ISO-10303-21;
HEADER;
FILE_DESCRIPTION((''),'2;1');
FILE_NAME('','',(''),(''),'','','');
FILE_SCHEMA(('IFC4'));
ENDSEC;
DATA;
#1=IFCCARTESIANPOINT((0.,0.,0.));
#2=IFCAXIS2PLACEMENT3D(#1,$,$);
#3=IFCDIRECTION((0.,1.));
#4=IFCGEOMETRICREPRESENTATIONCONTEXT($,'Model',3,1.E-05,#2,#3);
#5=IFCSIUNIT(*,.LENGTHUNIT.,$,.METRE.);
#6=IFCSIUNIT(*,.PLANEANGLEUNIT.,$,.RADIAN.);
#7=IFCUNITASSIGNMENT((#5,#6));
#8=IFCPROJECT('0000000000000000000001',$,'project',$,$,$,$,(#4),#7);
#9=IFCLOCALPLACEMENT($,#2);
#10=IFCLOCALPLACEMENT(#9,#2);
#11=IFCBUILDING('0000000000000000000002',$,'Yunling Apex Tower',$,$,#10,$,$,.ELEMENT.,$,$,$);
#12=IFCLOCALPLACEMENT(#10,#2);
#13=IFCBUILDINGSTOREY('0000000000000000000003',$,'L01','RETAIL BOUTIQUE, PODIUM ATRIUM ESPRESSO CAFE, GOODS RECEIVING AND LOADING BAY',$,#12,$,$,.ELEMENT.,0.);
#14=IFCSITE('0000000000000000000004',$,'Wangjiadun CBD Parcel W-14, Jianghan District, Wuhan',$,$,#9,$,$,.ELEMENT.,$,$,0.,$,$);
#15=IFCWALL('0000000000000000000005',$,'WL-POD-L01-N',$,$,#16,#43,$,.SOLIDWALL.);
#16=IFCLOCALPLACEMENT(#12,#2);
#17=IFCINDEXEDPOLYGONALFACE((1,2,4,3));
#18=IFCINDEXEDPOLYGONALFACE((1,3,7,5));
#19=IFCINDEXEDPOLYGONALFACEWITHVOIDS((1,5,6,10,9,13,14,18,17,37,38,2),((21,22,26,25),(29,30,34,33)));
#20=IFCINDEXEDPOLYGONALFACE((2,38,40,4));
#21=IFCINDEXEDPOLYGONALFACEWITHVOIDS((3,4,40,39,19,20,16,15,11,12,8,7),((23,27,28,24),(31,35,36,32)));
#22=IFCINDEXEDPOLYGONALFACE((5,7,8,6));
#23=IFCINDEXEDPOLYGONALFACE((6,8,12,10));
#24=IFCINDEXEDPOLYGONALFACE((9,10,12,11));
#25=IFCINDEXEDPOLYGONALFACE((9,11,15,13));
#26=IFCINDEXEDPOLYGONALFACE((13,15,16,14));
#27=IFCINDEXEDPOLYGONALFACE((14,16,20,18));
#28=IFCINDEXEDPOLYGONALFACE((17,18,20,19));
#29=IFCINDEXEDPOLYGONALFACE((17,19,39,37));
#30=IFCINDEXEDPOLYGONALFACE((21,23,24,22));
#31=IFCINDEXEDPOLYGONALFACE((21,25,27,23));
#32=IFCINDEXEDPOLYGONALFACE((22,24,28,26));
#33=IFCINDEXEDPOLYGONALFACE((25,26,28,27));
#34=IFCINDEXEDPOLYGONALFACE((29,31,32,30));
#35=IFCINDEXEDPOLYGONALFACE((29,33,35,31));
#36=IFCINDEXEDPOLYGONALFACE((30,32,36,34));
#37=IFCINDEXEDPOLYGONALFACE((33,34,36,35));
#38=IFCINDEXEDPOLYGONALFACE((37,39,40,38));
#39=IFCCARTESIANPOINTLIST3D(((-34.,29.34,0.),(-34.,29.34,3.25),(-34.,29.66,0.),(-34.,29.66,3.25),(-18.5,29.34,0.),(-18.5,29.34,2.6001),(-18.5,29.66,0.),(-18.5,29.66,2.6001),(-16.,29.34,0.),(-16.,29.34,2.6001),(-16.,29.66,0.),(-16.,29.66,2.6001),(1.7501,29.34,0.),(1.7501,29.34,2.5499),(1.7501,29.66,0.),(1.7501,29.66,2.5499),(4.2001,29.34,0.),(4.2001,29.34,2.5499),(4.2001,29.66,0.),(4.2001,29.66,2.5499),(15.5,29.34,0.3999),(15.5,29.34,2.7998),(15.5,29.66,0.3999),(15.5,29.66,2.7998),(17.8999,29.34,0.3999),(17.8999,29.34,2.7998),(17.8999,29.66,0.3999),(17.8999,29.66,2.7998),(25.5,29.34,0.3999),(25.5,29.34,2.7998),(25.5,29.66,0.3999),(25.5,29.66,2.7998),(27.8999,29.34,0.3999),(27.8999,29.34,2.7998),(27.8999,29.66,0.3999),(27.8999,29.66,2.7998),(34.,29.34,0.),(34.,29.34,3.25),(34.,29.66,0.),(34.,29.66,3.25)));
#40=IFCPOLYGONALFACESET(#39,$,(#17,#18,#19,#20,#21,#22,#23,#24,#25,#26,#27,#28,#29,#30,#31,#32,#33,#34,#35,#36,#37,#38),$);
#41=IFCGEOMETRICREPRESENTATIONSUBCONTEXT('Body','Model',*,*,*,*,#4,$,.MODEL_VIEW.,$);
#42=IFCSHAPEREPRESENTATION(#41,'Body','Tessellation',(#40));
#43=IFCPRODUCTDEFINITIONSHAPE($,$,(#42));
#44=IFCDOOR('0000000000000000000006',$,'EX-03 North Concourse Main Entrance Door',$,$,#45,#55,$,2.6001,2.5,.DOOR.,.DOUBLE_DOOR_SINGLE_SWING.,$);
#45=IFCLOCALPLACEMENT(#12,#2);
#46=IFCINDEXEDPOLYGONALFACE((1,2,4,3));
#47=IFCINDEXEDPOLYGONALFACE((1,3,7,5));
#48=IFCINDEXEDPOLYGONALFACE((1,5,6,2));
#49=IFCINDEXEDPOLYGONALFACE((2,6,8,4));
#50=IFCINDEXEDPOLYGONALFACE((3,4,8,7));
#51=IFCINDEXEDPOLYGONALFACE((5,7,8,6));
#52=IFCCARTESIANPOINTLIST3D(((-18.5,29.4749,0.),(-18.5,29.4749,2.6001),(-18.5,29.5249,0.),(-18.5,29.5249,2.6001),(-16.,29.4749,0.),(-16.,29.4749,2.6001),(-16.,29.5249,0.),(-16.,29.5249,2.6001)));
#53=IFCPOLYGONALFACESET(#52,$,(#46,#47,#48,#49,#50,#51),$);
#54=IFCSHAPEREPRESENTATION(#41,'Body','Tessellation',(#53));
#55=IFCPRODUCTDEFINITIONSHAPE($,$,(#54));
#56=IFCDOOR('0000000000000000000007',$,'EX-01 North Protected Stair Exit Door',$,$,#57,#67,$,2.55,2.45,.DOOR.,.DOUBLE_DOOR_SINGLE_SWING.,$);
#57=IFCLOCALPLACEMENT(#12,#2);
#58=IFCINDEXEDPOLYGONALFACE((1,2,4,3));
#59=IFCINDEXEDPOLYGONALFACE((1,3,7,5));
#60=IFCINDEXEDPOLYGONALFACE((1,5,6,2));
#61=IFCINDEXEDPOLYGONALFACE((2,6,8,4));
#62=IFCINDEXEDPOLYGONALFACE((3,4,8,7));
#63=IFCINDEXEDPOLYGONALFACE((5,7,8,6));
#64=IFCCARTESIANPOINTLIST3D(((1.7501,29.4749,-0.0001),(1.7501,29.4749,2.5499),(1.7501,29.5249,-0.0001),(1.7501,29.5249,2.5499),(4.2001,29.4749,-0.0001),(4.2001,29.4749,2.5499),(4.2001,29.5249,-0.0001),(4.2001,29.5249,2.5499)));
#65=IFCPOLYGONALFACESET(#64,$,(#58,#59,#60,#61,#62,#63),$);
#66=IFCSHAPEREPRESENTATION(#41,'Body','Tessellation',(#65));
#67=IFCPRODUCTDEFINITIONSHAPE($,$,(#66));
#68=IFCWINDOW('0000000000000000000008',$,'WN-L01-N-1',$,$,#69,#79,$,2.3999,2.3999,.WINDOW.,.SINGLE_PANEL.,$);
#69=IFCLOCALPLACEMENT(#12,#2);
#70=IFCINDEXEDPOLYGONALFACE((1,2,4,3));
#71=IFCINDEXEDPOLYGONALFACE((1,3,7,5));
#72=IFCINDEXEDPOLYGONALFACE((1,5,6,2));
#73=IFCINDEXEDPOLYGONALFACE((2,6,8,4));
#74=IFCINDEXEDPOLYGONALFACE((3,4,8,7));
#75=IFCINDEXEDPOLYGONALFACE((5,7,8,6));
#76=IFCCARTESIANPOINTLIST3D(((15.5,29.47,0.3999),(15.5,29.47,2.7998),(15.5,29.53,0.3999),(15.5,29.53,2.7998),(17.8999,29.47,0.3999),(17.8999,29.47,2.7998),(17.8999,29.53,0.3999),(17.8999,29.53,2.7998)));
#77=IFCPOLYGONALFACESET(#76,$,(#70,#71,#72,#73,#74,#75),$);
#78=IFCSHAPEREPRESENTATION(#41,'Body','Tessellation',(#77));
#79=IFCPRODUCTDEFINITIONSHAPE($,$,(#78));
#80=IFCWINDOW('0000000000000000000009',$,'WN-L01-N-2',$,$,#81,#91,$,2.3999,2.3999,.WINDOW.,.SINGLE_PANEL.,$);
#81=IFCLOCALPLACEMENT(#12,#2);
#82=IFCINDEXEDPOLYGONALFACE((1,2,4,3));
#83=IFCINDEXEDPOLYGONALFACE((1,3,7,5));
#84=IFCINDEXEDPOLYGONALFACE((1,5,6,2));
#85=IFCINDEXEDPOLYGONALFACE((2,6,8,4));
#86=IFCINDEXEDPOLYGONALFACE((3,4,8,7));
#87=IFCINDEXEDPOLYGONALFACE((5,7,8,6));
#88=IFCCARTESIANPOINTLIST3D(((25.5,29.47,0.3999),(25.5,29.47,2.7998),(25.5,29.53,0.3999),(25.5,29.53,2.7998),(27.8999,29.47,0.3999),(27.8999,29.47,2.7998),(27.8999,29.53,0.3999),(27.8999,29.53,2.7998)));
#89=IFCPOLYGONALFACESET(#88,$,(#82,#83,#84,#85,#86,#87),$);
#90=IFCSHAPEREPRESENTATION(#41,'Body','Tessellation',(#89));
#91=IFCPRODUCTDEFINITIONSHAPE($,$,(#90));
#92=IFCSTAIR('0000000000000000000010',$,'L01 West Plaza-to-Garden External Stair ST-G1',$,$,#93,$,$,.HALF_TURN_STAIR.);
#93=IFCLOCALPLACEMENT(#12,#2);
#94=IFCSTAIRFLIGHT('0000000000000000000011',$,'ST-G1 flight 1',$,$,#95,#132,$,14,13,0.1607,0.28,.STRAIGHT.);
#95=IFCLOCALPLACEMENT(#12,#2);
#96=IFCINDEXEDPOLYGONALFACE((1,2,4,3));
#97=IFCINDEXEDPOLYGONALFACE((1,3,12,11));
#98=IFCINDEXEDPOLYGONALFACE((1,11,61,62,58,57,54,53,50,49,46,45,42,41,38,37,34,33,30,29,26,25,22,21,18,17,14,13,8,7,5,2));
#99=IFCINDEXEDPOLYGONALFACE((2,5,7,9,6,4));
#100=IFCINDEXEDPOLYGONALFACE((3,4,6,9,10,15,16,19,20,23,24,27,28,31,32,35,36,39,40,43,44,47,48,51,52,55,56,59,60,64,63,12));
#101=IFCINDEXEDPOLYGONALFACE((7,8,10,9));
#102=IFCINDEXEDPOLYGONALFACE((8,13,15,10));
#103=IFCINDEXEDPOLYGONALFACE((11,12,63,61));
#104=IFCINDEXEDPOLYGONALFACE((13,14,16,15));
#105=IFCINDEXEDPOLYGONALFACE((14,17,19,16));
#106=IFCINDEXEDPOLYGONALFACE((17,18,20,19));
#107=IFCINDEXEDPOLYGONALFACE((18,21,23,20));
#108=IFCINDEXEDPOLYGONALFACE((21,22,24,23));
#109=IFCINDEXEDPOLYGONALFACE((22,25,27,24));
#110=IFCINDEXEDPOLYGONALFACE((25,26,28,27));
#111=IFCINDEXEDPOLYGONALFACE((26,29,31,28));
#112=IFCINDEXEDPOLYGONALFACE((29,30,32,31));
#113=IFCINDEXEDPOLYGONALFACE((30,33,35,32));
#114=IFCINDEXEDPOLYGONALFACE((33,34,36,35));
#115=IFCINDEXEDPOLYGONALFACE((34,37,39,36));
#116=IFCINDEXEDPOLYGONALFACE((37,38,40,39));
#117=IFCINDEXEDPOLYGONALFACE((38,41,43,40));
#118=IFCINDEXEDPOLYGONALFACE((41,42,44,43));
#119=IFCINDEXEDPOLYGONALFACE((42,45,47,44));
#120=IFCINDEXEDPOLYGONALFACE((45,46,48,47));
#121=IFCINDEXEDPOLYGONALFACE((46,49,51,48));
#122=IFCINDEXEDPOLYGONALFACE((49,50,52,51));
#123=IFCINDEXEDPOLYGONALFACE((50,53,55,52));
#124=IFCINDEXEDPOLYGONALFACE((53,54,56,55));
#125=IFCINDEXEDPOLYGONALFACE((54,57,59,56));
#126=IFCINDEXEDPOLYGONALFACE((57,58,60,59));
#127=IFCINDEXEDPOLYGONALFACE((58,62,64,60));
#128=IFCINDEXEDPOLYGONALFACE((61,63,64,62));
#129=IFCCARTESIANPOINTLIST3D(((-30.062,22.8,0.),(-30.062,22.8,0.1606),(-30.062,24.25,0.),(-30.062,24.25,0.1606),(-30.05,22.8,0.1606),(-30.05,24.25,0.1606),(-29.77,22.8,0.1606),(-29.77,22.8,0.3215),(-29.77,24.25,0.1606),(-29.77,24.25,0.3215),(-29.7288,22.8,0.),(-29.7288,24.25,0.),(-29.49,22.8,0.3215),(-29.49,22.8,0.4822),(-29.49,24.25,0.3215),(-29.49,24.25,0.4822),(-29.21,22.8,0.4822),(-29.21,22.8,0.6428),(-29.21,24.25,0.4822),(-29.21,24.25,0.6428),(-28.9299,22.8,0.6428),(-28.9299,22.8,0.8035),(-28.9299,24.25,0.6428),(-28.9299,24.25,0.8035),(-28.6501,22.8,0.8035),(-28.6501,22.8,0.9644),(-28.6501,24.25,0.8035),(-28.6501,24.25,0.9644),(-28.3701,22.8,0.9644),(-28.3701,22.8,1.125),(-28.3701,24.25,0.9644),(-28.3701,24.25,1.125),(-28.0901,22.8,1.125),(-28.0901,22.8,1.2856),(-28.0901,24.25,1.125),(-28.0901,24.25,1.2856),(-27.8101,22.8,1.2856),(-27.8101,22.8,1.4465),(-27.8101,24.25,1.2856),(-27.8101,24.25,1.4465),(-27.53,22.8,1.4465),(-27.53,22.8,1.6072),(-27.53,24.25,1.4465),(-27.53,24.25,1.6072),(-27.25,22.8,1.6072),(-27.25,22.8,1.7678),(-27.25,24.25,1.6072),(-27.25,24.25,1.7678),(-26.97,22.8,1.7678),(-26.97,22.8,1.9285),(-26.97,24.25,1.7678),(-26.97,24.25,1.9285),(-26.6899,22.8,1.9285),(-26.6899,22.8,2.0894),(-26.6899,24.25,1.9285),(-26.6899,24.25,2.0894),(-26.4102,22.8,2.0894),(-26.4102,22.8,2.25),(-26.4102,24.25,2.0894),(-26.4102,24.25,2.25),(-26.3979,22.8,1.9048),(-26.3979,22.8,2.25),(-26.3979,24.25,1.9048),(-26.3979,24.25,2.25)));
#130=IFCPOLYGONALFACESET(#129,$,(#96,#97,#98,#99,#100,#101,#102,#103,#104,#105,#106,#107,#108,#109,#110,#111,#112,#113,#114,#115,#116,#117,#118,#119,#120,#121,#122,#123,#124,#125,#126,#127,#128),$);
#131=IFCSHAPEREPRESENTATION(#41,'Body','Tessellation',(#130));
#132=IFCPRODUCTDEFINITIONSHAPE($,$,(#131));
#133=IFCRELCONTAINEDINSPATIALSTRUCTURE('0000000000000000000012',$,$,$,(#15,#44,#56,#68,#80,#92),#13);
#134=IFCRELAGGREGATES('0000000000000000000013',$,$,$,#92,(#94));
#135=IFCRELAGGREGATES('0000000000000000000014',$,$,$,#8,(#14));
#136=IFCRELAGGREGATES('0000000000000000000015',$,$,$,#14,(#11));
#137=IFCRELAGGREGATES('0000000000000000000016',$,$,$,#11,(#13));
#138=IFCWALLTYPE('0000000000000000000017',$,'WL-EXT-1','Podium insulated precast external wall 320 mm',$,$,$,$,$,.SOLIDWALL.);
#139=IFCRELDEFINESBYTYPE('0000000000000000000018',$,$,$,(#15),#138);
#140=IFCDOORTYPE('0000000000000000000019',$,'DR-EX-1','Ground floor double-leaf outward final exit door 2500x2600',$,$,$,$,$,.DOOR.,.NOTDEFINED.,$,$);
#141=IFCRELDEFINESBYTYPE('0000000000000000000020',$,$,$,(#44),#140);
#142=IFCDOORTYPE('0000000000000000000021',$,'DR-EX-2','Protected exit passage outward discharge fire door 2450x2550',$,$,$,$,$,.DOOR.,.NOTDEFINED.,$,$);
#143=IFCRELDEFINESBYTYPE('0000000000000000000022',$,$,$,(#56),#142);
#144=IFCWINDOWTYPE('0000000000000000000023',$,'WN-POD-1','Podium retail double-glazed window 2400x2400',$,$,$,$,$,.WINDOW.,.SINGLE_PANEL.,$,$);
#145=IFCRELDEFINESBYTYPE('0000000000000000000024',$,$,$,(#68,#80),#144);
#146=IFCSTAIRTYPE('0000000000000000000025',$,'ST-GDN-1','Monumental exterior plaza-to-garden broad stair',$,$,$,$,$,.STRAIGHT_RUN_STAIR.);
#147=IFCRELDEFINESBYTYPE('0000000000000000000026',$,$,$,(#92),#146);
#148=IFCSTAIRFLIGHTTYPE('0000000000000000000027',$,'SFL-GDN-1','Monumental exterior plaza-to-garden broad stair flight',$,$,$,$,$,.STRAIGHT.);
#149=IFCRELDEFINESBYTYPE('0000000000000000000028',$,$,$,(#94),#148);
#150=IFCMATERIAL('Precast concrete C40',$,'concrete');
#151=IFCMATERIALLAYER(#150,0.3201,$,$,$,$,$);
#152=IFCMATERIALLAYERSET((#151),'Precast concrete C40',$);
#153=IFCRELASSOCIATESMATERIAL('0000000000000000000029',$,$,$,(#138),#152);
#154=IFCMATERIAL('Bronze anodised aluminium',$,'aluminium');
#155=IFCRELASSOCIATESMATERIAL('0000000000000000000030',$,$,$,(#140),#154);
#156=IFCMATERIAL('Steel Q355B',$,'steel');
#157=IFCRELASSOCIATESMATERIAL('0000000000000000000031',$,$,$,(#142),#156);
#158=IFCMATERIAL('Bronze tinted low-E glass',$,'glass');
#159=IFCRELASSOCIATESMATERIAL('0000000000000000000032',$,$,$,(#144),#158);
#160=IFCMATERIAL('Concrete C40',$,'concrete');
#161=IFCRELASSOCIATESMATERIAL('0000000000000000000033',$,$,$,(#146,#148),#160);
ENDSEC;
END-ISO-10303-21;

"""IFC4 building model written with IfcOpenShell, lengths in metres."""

from ifc_helpers import new_model, si_unit, direction, frame, frame_2d, origin, place, context, subcontext, project, spatial, polyline, rectangle, outline, extrude, material, layer, layer_set, type_object, element, fill, aggregate, save


model = new_model("IFC4")

# Units and contexts
model_context = context("Model", 3, precision=1e-05, world=origin(), true_north=direction((0.0, 1.0)))
body_context = subcontext(model_context, "Body", "Model", "MODEL_VIEW")
ifc_project = project(units=[si_unit("LENGTHUNIT", "METRE"), si_unit("PLANEANGLEUNIT", "RADIAN")], contexts=[model_context])

# Site, building, storey
site_placement = place(None, origin())
site = spatial("IfcSite", under=ifc_project, at=site_placement, Name="Wangjiadun CBD Parcel W-14, Jianghan District, Wuhan", CompositionType="ELEMENT", RefElevation=0.0)
building_placement = place(site_placement, origin())
building = spatial("IfcBuilding", under=site, at=building_placement, Name="Yunling Apex Tower", CompositionType="ELEMENT")
storey_placement = place(building_placement, origin())
storey = spatial("IfcBuildingStorey", under=building, at=storey_placement, Name="L01", Description="RETAIL BOUTIQUE, PODIUM ATRIUM ESPRESSO CAFE, GOODS RECEIVING AND LOADING BAY", CompositionType="ELEMENT", Elevation=0.0)

# Shared definitions
ifc_material_1 = material(Name="Steel Q355B", Category="steel")

# Shared definitions
ifc_material_2 = material(Name="Concrete C40", Category="concrete")

# Wall, openings, doors, windows
ifc_material_3 = material(Name="Precast concrete C40", Category="concrete")
ifc_layer_1 = layer(ifc_material_3, 0.3201)
ifc_layer_set_1 = layer_set([ifc_layer_1], Name="Precast concrete C40")
wall_type_1 = type_object("IfcWallType", Name="WL-EXT-1", Description="Podium insulated precast external wall 320 mm", PredefinedType="SOLIDWALL", material=ifc_layer_set_1)
wall_1_placement = place(storey_placement, frame((-34.0, 29.5, 0.0), z_axis=(0.0, 0.0, 1.0), x_axis=(1.0, 0.0, 0.0)))
wall_1 = element("IfcWall", 1, at=wall_1_placement, inside=storey, type_object=wall_type_1, Name="WL-POD-L01-N", PredefinedType="SOLIDWALL", context=body_context, shape_type="SweptSolid", body=[
    extrude(rectangle(XDim=68.0, YDim=0.3201, at=frame_2d((34.0, 0.0))), origin(), (0.0, 0.0, 1.0), 3.25),
])
opening_1_placement = place(wall_1_placement, frame((35.75, 0.0, 0.0)))
opening_1 = element("IfcOpeningElement", 2, at=opening_1_placement, cuts=wall_1, PredefinedType="OPENING", context=body_context, shape_type="SweptSolid", body=[
    extrude(rectangle(XDim=2.45, YDim=2.55, at=frame_2d((1.2251, 1.2749))), frame((0.0, 0.1699, 0.0), z_axis=(0.0, -1.0, 0.0), x_axis=(1.0, 0.0, 0.0)), (0.0, 0.0, 1.0), 0.3401),
])
opening_2_placement = place(wall_1_placement, frame((15.5, 0.0, 0.0)))
opening_2 = element("IfcOpeningElement", 3, at=opening_2_placement, cuts=wall_1, PredefinedType="OPENING", context=body_context, shape_type="SweptSolid", body=[
    extrude(rectangle(XDim=2.5, YDim=2.6001, at=frame_2d((1.25, 1.3))), frame((0.0, 0.1699, 0.0), z_axis=(0.0, -1.0, 0.0), x_axis=(1.0, 0.0, 0.0)), (0.0, 0.0, 1.0), 0.3401),
])
opening_3_placement = place(wall_1_placement, frame((49.5, 0.0, 0.3999)))
opening_3 = element("IfcOpeningElement", 4, at=opening_3_placement, cuts=wall_1, PredefinedType="OPENING", context=body_context, shape_type="SweptSolid", body=[
    extrude(rectangle(XDim=2.3999, YDim=2.3999, at=frame_2d((1.2, 1.2))), frame((0.0, 0.1699, 0.0), z_axis=(0.0, -1.0, 0.0), x_axis=(1.0, 0.0, 0.0)), (0.0, 0.0, 1.0), 0.3401),
])
opening_4_placement = place(wall_1_placement, frame((59.5, 0.0, 0.3999)))
opening_4 = element("IfcOpeningElement", 5, at=opening_4_placement, cuts=wall_1, PredefinedType="OPENING", context=body_context, shape_type="SweptSolid", body=[
    extrude(rectangle(XDim=2.3999, YDim=2.3999, at=frame_2d((1.2, 1.2))), frame((0.0, 0.1699, 0.0), z_axis=(0.0, -1.0, 0.0), x_axis=(1.0, 0.0, 0.0)), (0.0, 0.0, 1.0), 0.3401),
])
ifc_material_4 = material(Name="Bronze anodised aluminium", Category="aluminium")
door_type_1 = type_object("IfcDoorType", Name="DR-EX-1", Description="Ground floor double-leaf outward final exit door 2500x2600", OperationType="NOTDEFINED", PredefinedType="DOOR", material=ifc_material_4)
door_1_placement = place(opening_2_placement, origin())
door_1 = element("IfcDoor", 6, at=door_1_placement, inside=storey, type_object=door_type_1, Name="EX-03 North Concourse Main Entrance Door", OperationType="DOUBLE_DOOR_SINGLE_SWING", OverallHeight=2.6001, OverallWidth=2.5, PredefinedType="DOOR", context=body_context, shape_type="SweptSolid", body=[
    extrude(rectangle(XDim=2.5, YDim=2.6001, at=frame_2d((1.25, 1.3))), frame((0.0, 0.0249, 0.0), z_axis=(0.0, -1.0, 0.0), x_axis=(1.0, 0.0, 0.0)), (0.0, 0.0, 1.0), 0.05),
])
fill(opening_2, door_1)
door_type_2 = type_object("IfcDoorType", Name="DR-EX-2", Description="Protected exit passage outward discharge fire door 2450x2550", OperationType="NOTDEFINED", PredefinedType="DOOR", material=ifc_material_1)
door_2_placement = place(opening_1_placement, origin())
door_2 = element("IfcDoor", 7, at=door_2_placement, inside=storey, type_object=door_type_2, Name="EX-01 North Protected Stair Exit Door", OperationType="DOUBLE_DOOR_SINGLE_SWING", OverallHeight=2.55, OverallWidth=2.45, PredefinedType="DOOR", context=body_context, shape_type="SweptSolid", body=[
    extrude(rectangle(XDim=2.45, YDim=2.55, at=frame_2d((1.2251, 1.2749))), frame((0.0, 0.0249, 0.0), z_axis=(0.0, -1.0, 0.0), x_axis=(1.0, 0.0, 0.0)), (0.0, 0.0, 1.0), 0.05),
])
fill(opening_1, door_2)
ifc_material_5 = material(Name="Bronze tinted low-E glass", Category="glass")
window_type = type_object("IfcWindowType", Name="WN-POD-1", Description="Podium retail double-glazed window 2400x2400", PartitioningType="SINGLE_PANEL", PredefinedType="WINDOW", material=ifc_material_5)
window_1_placement = place(opening_3_placement, origin())
window_1 = element("IfcWindow", 8, at=window_1_placement, inside=storey, type_object=window_type, Name="WN-L01-N-1", OverallHeight=2.3999, OverallWidth=2.3999, PartitioningType="SINGLE_PANEL", PredefinedType="WINDOW", context=body_context, shape_type="SweptSolid", body=[
    extrude(rectangle(XDim=2.3999, YDim=2.3999, at=frame_2d((1.2, 1.2))), frame((0.0, 0.03, 0.0), z_axis=(0.0, -1.0, 0.0), x_axis=(1.0, 0.0, 0.0)), (0.0, 0.0, 1.0), 0.0601),
])
fill(opening_3, window_1)
window_2_placement = place(opening_4_placement, origin())
window_2 = element("IfcWindow", 9, at=window_2_placement, inside=storey, type_object=window_type, Name="WN-L01-N-2", OverallHeight=2.3999, OverallWidth=2.3999, PartitioningType="SINGLE_PANEL", PredefinedType="WINDOW", context=body_context, shape_type="SweptSolid", body=[
    extrude(rectangle(XDim=2.3999, YDim=2.3999, at=frame_2d((1.2, 1.2))), frame((0.0, 0.03, 0.0), z_axis=(0.0, -1.0, 0.0), x_axis=(1.0, 0.0, 0.0)), (0.0, 0.0, 1.0), 0.0601),
])
fill(opening_4, window_2)

# Stair, stair flight
stair_type = type_object("IfcStairType", Name="ST-GDN-1", Description="Monumental exterior plaza-to-garden broad stair", PredefinedType="STRAIGHT_RUN_STAIR", material=ifc_material_2)
stair_placement = place(storey_placement, origin())
stair = element("IfcStair", 10, at=stair_placement, inside=storey, type_object=stair_type, Name="L01 West Plaza-to-Garden External Stair ST-G1", PredefinedType="HALF_TURN_STAIR")
stair_flight_type = type_object("IfcStairFlightType", Name="SFL-GDN-1", Description="Monumental exterior plaza-to-garden broad stair flight", PredefinedType="STRAIGHT", material=ifc_material_2)
stair_flight_1_placement = place(storey_placement, frame((-30.05, 23.5249, 0.0), z_axis=(0.0, 0.0, 1.0), x_axis=(1.0, 0.0, 0.0)))
stair_flight_1 = element("IfcStairFlight", 11, at=stair_flight_1_placement, type_object=stair_flight_type, Name="ST-G1 flight 1", NumberOfRisers=14, NumberOfTreads=13, PredefinedType="STRAIGHT", RiserHeight=0.1607, TreadLength=0.28, context=body_context, shape_type="SweptSolid", body=[
    extrude(outline(polyline([(-0.012, 0.0), (-0.012, 0.1606), (0.0, 0.1606), (0.28, 0.1606), (0.28, 0.3215), (0.5601, 0.3215), (0.5601, 0.4822), (0.8401, 0.4822), (0.8401, 0.6428), (1.1201, 0.6428), (1.1201, 0.8035), (1.3999, 0.8035), (1.3999, 0.9644), (1.6799, 0.9644), (1.6799, 1.125), (1.96, 1.125), (1.96, 1.2856), (2.24, 1.2856), (2.24, 1.4465), (2.52, 1.4465), (2.52, 1.6072), (2.8, 1.6072), (2.8, 1.7678), (3.0801, 1.7678), (3.0801, 1.9285), (3.3601, 1.9285), (3.3601, 2.0894), (3.6399, 2.0894), (3.6399, 2.25), (3.6521, 2.25), (3.6521, 1.9048), (0.3213, 0.0), (-0.012, 0.0)])), frame((0.0, 0.7251, 0.0), z_axis=(0.0, -1.0, 0.0), x_axis=(1.0, 0.0, 0.0)), (0.0, 0.0, 1.0), 1.45),
])
aggregate(stair, [stair_flight_1])

save(model, "model.ifc")
